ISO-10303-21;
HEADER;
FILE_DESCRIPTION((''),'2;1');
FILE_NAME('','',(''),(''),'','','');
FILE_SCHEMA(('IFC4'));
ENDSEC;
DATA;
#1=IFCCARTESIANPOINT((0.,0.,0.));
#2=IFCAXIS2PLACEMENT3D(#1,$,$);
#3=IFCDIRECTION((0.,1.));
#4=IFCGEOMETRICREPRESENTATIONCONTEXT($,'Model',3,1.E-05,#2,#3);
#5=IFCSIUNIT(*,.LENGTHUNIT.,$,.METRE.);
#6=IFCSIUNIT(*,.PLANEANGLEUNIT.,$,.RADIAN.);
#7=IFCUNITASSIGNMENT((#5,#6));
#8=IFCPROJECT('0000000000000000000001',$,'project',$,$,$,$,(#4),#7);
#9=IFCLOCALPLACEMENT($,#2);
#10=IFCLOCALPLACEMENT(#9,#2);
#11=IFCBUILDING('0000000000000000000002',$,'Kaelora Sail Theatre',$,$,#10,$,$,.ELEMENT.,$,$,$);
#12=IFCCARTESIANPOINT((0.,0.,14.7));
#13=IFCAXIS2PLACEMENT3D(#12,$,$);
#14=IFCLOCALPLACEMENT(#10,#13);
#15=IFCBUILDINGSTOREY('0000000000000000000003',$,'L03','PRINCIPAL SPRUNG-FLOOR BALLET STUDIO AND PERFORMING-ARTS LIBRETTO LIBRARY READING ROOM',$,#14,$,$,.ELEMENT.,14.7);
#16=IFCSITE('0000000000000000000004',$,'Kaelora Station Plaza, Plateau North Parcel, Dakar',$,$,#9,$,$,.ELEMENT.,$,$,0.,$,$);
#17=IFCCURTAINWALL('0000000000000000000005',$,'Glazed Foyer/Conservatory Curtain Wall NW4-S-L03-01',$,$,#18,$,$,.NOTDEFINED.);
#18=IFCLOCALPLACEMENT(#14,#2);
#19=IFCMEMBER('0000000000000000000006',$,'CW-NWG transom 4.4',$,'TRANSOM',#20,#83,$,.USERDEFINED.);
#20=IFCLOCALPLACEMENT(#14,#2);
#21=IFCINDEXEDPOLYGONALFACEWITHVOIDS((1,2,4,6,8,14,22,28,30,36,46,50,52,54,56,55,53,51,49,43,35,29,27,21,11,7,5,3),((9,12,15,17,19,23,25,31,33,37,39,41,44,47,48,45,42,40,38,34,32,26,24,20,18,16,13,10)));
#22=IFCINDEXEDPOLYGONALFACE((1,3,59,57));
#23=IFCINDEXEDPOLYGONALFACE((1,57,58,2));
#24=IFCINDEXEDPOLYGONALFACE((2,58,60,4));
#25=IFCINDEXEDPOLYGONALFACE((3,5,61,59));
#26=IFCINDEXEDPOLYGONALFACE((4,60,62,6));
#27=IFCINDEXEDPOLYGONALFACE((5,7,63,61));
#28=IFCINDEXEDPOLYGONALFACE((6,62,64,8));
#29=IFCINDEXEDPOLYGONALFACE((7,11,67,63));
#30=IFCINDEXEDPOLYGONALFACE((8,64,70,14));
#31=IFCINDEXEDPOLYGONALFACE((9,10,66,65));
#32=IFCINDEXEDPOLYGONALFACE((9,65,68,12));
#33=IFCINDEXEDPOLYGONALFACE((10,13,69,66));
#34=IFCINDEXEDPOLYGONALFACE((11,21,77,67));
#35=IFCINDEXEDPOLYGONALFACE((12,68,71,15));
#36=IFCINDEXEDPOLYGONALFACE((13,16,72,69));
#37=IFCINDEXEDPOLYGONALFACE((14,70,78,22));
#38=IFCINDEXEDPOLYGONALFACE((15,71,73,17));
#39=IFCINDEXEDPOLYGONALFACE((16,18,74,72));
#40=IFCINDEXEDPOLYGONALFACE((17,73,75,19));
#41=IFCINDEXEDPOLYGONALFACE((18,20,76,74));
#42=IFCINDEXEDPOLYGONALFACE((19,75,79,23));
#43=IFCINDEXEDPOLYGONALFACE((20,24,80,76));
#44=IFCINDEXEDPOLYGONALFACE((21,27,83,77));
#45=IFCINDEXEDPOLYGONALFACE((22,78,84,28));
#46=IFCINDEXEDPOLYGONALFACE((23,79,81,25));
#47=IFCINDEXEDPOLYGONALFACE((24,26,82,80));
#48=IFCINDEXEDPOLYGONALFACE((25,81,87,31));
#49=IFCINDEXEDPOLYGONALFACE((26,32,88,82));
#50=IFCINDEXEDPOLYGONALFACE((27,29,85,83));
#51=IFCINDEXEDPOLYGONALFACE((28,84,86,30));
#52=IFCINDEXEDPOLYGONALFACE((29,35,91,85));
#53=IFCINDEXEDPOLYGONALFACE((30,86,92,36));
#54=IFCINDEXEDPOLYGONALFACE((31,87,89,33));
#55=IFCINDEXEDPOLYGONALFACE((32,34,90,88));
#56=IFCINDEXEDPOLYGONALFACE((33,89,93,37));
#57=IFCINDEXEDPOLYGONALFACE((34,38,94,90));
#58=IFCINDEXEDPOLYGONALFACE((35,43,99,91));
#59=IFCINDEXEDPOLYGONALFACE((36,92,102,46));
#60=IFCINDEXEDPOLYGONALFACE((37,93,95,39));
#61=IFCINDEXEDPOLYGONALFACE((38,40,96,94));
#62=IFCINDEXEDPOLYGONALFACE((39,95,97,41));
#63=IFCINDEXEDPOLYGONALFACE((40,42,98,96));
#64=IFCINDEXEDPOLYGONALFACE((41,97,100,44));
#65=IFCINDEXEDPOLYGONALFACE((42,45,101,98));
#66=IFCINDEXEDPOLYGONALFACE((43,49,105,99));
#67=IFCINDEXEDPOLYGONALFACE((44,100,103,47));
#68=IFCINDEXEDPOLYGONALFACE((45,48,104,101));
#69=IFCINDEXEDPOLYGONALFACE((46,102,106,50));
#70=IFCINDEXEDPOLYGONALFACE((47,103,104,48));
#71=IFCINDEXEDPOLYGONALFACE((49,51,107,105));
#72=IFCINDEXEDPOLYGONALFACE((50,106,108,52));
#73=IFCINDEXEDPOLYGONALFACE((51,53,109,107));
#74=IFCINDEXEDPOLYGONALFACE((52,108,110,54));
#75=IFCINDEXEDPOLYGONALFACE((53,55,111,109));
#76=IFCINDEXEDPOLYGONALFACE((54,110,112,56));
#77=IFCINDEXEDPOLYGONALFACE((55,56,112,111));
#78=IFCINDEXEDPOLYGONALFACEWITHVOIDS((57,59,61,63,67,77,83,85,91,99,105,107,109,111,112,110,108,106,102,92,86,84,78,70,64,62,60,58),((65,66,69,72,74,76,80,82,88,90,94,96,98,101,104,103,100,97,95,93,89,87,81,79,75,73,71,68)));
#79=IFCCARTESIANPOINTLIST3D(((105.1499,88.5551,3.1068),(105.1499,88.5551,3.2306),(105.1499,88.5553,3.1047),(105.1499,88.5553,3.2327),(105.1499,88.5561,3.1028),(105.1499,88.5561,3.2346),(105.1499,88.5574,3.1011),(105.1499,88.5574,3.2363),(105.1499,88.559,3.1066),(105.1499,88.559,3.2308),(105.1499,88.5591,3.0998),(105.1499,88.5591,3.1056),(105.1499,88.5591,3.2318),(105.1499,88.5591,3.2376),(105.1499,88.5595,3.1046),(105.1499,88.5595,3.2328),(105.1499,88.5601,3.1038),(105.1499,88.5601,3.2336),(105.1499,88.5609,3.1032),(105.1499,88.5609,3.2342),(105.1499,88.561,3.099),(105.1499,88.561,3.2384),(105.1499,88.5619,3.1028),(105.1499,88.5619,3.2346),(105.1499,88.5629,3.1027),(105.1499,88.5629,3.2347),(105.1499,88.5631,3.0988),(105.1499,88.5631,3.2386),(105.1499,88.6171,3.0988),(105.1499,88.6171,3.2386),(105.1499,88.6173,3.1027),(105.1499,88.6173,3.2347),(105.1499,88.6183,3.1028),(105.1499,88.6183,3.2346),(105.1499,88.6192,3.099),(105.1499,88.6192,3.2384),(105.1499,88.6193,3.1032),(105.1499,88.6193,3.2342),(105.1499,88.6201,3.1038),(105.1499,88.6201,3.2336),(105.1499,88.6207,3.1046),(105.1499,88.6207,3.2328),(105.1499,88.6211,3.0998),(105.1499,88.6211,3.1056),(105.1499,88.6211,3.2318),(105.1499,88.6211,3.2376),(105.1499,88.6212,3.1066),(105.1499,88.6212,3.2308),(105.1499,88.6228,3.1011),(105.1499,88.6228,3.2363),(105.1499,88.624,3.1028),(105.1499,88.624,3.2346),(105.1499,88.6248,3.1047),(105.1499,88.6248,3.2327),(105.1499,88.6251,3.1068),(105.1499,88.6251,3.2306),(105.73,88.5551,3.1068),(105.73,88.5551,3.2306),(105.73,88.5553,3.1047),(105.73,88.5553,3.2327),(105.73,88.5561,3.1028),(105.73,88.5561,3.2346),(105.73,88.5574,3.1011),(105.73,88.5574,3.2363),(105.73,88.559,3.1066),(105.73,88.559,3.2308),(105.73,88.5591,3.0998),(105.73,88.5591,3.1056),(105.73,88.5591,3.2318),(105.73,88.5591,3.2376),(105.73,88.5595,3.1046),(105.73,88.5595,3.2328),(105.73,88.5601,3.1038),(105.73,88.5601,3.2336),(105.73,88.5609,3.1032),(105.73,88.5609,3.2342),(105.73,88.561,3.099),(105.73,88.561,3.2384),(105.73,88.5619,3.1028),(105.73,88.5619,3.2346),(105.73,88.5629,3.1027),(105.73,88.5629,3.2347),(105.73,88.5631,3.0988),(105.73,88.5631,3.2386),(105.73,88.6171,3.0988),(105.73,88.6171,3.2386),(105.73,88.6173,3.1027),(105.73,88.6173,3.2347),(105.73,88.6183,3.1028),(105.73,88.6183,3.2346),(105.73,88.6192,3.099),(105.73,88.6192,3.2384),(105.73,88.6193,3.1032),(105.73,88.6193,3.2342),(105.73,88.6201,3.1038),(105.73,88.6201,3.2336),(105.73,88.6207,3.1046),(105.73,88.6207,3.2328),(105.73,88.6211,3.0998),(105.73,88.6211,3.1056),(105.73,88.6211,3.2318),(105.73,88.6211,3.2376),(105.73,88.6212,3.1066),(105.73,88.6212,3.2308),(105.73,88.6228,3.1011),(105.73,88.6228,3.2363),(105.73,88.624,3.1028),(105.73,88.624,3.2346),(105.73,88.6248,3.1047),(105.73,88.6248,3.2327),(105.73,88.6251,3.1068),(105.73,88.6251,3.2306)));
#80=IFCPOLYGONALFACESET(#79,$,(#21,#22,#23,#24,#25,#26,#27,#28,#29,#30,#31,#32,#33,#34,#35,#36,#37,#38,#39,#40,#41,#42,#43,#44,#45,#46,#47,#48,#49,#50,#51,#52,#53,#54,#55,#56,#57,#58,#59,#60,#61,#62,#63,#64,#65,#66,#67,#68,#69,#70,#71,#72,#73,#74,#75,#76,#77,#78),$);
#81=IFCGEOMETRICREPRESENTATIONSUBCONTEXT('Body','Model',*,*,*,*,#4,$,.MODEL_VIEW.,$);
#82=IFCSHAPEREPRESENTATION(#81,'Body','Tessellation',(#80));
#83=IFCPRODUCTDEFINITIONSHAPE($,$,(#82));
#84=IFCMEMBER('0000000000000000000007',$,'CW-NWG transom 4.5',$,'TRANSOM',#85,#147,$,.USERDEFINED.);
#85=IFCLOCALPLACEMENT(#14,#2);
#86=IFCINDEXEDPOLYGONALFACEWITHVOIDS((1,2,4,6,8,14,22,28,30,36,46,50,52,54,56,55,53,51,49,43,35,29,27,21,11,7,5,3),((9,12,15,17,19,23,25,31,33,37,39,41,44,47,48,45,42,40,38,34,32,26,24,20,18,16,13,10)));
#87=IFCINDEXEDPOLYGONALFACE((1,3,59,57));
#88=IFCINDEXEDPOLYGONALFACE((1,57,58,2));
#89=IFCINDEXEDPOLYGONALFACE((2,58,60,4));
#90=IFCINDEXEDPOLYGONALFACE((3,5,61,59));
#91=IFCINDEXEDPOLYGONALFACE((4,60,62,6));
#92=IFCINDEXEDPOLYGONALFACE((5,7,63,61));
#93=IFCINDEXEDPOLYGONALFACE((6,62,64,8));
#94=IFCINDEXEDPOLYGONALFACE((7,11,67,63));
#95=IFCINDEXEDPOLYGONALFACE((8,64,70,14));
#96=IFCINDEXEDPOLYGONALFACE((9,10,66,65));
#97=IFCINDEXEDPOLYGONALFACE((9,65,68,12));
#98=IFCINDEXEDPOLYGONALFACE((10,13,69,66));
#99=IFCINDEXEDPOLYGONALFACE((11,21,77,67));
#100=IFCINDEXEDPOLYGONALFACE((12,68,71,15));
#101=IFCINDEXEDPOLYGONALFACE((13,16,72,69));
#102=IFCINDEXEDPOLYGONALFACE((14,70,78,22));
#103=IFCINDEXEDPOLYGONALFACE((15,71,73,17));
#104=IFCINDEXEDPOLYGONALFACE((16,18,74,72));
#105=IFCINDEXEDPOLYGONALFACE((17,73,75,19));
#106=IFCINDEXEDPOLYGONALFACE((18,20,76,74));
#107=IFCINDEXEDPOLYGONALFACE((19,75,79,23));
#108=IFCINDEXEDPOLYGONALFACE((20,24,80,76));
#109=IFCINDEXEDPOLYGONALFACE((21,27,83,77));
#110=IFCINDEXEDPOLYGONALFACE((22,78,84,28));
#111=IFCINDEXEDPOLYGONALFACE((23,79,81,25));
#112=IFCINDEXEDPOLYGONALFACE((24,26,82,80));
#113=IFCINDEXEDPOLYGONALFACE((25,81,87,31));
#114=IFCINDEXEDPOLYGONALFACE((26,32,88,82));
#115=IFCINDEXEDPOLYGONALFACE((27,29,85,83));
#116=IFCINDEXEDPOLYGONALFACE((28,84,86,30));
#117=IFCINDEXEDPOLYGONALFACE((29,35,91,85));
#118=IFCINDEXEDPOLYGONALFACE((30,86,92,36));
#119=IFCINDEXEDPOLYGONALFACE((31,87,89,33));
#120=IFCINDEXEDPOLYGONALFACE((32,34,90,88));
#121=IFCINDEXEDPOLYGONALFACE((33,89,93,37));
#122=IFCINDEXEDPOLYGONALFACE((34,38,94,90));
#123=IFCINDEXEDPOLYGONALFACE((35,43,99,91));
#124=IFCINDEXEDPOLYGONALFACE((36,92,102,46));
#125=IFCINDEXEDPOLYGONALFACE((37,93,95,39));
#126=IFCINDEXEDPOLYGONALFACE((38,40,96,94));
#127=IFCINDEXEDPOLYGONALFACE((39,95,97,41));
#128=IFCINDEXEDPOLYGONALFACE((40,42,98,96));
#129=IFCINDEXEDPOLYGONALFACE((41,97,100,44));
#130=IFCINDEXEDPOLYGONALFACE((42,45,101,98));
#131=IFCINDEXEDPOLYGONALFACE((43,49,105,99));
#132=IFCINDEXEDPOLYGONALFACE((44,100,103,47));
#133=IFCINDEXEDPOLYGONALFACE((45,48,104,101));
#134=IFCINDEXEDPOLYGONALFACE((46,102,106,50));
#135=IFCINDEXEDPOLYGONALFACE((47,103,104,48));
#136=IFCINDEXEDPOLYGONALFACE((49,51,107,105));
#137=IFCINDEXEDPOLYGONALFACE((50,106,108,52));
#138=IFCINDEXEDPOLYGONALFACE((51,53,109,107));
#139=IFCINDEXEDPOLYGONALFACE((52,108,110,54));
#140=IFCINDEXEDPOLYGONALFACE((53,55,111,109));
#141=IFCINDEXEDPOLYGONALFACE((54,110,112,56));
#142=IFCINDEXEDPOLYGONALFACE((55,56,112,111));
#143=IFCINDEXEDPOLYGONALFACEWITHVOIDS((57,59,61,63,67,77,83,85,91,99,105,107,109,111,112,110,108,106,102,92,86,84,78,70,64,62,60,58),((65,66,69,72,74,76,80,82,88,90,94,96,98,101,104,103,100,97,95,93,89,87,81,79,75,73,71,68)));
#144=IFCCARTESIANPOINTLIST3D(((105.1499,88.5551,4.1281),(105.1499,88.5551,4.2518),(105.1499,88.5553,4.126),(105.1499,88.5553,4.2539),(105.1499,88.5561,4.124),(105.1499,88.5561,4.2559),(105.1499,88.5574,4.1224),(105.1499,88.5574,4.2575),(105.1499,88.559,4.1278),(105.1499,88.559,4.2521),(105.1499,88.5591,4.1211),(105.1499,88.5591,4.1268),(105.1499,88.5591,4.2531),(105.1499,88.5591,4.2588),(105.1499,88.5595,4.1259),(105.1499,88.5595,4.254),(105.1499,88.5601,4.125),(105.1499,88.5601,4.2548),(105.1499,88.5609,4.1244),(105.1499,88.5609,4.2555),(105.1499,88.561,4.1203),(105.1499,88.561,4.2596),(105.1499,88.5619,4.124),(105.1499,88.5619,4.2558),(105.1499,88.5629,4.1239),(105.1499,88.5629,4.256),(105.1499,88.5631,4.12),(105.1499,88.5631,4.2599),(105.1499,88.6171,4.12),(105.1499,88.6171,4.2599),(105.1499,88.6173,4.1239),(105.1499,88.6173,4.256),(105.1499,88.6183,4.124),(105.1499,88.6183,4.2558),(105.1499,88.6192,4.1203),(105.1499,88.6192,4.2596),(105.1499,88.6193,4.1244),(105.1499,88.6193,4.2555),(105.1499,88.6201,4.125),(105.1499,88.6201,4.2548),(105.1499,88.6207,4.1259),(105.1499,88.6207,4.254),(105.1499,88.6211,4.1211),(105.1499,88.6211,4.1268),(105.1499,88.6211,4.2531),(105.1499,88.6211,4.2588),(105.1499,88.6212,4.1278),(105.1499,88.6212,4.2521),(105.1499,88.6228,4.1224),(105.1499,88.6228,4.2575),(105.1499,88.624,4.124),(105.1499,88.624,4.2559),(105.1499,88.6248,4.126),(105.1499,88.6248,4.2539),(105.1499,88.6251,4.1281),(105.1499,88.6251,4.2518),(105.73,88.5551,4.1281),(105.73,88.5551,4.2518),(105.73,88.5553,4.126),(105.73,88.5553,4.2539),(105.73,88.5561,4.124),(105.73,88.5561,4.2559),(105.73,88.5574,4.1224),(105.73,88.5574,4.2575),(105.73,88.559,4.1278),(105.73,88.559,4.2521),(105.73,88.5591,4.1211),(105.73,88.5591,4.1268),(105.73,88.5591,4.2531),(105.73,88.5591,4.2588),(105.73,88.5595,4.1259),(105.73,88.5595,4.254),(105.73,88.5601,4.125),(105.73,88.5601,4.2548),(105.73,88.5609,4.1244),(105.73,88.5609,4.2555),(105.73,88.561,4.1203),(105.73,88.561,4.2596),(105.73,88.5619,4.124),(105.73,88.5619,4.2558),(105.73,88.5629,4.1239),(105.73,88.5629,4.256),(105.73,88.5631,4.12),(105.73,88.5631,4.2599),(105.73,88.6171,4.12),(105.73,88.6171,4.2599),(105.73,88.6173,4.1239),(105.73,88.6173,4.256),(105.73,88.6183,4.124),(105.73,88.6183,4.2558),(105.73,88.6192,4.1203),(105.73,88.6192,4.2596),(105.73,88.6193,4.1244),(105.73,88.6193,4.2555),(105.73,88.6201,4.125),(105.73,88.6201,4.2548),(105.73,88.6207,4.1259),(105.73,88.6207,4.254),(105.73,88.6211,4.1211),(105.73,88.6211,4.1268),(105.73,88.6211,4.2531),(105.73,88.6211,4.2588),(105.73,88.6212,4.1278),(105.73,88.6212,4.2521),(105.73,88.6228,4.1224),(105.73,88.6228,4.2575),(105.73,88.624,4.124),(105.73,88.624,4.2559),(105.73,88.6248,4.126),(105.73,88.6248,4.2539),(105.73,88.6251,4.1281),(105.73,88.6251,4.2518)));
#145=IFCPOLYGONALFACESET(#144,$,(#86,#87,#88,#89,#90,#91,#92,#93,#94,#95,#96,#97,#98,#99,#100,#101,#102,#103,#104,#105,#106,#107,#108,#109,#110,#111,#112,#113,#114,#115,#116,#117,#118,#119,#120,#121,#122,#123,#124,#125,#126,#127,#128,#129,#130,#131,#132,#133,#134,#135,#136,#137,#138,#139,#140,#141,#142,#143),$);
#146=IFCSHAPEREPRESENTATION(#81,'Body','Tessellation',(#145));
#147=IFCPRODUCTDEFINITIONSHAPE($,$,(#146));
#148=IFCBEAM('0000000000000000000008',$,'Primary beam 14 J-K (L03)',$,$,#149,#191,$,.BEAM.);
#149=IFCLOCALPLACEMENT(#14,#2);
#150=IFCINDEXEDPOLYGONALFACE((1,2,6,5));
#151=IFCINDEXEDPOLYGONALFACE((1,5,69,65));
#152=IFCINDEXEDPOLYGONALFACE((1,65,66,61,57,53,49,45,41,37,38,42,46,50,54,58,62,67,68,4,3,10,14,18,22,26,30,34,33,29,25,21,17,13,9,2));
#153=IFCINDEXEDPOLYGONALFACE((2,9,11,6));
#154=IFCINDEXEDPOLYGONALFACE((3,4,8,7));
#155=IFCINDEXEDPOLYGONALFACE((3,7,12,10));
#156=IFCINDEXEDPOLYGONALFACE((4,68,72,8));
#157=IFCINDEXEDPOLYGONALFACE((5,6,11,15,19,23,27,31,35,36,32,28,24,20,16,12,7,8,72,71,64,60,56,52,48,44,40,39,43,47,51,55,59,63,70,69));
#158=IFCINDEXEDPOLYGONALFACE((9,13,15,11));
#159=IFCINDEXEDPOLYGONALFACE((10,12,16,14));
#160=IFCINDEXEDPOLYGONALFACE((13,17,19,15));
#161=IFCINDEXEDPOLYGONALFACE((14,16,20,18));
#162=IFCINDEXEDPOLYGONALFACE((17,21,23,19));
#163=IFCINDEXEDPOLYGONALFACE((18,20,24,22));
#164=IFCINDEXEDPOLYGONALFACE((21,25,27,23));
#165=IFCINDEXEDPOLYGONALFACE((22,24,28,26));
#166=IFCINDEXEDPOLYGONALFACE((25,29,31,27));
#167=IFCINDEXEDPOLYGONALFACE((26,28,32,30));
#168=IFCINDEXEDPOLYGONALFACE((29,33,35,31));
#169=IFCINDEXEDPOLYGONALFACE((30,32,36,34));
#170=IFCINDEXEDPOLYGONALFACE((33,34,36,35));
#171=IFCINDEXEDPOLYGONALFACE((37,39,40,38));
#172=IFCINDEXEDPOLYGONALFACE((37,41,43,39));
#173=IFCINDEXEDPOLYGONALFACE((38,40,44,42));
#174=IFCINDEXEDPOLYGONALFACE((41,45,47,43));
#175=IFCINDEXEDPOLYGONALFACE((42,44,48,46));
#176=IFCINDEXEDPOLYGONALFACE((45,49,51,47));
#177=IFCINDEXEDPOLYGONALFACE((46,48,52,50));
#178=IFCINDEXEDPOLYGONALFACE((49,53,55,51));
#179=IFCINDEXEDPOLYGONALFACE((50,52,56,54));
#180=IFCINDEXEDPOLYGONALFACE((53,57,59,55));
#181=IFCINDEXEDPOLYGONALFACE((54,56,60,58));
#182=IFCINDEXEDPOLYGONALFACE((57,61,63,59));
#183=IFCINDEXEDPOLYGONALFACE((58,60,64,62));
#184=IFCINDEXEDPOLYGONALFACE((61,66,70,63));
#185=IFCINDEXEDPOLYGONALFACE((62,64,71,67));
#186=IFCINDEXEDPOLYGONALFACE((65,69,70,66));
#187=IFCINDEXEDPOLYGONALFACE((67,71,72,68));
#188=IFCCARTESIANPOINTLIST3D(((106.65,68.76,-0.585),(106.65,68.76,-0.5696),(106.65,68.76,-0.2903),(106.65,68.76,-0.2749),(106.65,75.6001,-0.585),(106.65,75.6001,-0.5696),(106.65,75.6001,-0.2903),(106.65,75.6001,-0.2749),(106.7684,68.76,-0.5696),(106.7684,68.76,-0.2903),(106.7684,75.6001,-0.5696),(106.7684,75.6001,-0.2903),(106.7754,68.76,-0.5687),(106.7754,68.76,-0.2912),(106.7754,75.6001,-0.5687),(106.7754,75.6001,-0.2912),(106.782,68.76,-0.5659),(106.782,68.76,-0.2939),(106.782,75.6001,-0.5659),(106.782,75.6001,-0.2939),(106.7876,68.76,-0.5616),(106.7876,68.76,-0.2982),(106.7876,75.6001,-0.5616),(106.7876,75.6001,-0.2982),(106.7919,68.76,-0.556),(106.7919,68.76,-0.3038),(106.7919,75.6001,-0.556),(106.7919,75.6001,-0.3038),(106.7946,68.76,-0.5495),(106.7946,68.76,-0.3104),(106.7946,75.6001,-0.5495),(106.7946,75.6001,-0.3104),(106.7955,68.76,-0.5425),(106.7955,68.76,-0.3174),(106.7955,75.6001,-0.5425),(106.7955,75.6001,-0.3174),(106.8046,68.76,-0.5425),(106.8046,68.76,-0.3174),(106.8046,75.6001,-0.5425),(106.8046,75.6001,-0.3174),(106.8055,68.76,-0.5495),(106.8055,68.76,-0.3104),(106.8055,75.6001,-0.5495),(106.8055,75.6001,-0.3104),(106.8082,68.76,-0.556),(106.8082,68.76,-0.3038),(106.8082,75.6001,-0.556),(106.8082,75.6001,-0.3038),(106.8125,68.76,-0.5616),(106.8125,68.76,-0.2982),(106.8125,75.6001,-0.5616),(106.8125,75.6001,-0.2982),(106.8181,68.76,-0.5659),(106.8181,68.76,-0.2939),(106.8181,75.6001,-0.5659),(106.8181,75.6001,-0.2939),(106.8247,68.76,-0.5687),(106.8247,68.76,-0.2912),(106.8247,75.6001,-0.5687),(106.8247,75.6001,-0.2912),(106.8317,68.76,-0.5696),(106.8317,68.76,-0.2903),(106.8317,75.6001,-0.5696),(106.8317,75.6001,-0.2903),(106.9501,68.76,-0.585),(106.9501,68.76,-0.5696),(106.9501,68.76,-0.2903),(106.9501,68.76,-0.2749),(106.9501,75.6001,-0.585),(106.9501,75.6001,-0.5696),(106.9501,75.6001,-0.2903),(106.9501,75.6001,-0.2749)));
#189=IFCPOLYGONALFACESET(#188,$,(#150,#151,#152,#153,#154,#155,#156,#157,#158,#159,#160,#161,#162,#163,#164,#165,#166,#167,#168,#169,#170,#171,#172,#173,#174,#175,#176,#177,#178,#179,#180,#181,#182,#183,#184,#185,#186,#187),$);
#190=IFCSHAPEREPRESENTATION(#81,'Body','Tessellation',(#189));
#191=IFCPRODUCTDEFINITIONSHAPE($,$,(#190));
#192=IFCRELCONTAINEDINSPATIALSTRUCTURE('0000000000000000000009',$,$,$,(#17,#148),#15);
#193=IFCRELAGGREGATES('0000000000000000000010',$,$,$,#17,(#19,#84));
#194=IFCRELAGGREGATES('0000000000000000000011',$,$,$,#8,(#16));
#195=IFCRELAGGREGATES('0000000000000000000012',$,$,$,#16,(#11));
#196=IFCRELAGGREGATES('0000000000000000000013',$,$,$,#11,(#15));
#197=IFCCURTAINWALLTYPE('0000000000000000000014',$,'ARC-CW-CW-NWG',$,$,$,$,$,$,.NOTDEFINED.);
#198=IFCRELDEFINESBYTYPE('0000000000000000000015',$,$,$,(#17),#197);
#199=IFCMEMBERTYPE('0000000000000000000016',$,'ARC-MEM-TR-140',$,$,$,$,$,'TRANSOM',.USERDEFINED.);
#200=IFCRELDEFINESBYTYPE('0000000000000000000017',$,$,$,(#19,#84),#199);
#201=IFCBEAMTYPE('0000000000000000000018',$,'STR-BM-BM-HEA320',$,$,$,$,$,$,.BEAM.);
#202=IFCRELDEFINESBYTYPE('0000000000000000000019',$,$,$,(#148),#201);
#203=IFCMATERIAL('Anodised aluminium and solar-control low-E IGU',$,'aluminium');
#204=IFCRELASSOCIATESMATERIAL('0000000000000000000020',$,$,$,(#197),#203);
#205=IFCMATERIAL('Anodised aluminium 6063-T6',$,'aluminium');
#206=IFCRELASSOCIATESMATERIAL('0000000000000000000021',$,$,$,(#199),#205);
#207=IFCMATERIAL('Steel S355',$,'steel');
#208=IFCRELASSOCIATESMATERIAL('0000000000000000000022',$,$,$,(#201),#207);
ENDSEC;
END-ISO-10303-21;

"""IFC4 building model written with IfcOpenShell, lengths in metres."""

from ifc_helpers import new_model, si_unit, direction, frame, origin, origin_2d, place, context, subcontext, project, spatial, hollow_rectangle, i_section, extrude, material, material_profile, profile_set, type_object, element, aggregate, save


model = new_model("IFC4")

# Units and contexts
model_context = context("Model", 3, precision=1e-05, world=origin(), true_north=direction((0.0, 1.0)))
body_context = subcontext(model_context, "Body", "Model", "MODEL_VIEW")
ifc_project = project(units=[si_unit("LENGTHUNIT", "METRE"), si_unit("PLANEANGLEUNIT", "RADIAN")], contexts=[model_context])

# Site, building, storey
site_placement = place(None, origin())
site = spatial("IfcSite", under=ifc_project, at=site_placement, Name="Kaelora Station Plaza, Plateau North Parcel, Dakar", CompositionType="ELEMENT", RefElevation=0.0)
building_placement = place(site_placement, origin())
building = spatial("IfcBuilding", under=site, at=building_placement, Name="Kaelora Sail Theatre", CompositionType="ELEMENT")
storey_placement = place(building_placement, frame((0.0, 0.0, 14.7)))
storey = spatial("IfcBuildingStorey", under=building, at=storey_placement, Name="L03", Description="PRINCIPAL SPRUNG-FLOOR BALLET STUDIO AND PERFORMING-ARTS LIBRETTO LIBRARY READING ROOM", CompositionType="ELEMENT", Elevation=14.7)

# Curtain wall, members
ifc_material_1 = material(Name="Anodised aluminium and solar-control low-E IGU", Category="aluminium")
curtain_wall_type = type_object("IfcCurtainWallType", Name="ARC-CW-CW-NWG", PredefinedType="NOTDEFINED", material=ifc_material_1)
curtain_wall_placement = place(storey_placement, origin())
curtain_wall = element("IfcCurtainWall", 1, at=curtain_wall_placement, inside=storey, type_object=curtain_wall_type, Name="Glazed Foyer/Conservatory Curtain Wall NW4-S-L03-01", PredefinedType="NOTDEFINED")
ifc_material_2 = material(Name="Anodised aluminium 6063-T6", Category="aluminium")
ifc_material_profile_1 = material_profile(ifc_material_2, hollow_rectangle(XDim=0.0701, YDim=0.1399, WallThickness=0.0039, InnerFilletRadius=0.0039, OuterFilletRadius=0.0081, at=origin_2d()), Name="ALU-TRAN 70x140x4")
ifc_profile_set_1 = profile_set([ifc_material_profile_1], Name="Anodised aluminium 6063-T6")
member_type_1 = type_object("IfcMemberType", Name="ARC-MEM-TR-140", ElementType="TRANSOM", PredefinedType="USERDEFINED", material=ifc_profile_set_1)
member_1_placement = place(storey_placement, frame((105.1499, 88.5901, 3.1687), z_axis=(1.0, 0.0, 0.0), x_axis=(0.0, 1.0, 0.0)))
member_1 = element("IfcMember", 2, at=member_1_placement, type_object=member_type_1, Name="CW-NWG transom 4.4", ObjectType="TRANSOM", PredefinedType="USERDEFINED", context=body_context, shape_type="SweptSolid", body=[
    extrude(hollow_rectangle(XDim=0.0701, YDim=0.1399, WallThickness=0.0039, InnerFilletRadius=0.0039, OuterFilletRadius=0.0081, at=origin_2d()), origin(), (0.0, 0.0, 1.0), 0.5801),
])
member_2_placement = place(storey_placement, frame((105.1499, 88.5901, 4.1899), z_axis=(1.0, 0.0, 0.0), x_axis=(0.0, 1.0, 0.0)))
member_2 = element("IfcMember", 3, at=member_2_placement, type_object=member_type_1, Name="CW-NWG transom 4.5", ObjectType="TRANSOM", PredefinedType="USERDEFINED", context=body_context, shape_type="SweptSolid", body=[
    extrude(hollow_rectangle(XDim=0.0701, YDim=0.1399, WallThickness=0.0039, InnerFilletRadius=0.0039, OuterFilletRadius=0.0081, at=origin_2d()), origin(), (0.0, 0.0, 1.0), 0.5801),
])

# Beam
ifc_material_3 = material(Name="Steel S355", Category="steel")
ifc_material_profile_2 = material_profile(ifc_material_3, i_section(OverallWidth=0.3, OverallDepth=0.3101, WebThickness=0.009, FlangeThickness=0.0154, FilletRadius=0.0271, at=origin_2d()), Name="HEA 320")
ifc_profile_set_2 = profile_set([ifc_material_profile_2], Name="Steel S355")
beam_type_1 = type_object("IfcBeamType", Name="STR-BM-BM-HEA320", PredefinedType="BEAM", material=ifc_profile_set_2)
beam_1_placement = place(storey_placement, frame((106.8, 68.76, -0.4299), z_axis=(0.0, 1.0, 0.0), x_axis=(-1.0, 0.0, 0.0)))
element("IfcBeam", 4, at=beam_1_placement, inside=storey, type_object=beam_type_1, Name="Primary beam 14 J-K (L03)", PredefinedType="BEAM", context=body_context, shape_type="SweptSolid", body=[
    extrude(i_section(OverallWidth=0.3, OverallDepth=0.3101, WebThickness=0.009, FlangeThickness=0.0154, FilletRadius=0.0271, at=origin_2d()), origin(), (0.0, 0.0, 1.0), 6.8401),
])

aggregate(curtain_wall, [member_1, member_2])

save(model, "model.ifc")
